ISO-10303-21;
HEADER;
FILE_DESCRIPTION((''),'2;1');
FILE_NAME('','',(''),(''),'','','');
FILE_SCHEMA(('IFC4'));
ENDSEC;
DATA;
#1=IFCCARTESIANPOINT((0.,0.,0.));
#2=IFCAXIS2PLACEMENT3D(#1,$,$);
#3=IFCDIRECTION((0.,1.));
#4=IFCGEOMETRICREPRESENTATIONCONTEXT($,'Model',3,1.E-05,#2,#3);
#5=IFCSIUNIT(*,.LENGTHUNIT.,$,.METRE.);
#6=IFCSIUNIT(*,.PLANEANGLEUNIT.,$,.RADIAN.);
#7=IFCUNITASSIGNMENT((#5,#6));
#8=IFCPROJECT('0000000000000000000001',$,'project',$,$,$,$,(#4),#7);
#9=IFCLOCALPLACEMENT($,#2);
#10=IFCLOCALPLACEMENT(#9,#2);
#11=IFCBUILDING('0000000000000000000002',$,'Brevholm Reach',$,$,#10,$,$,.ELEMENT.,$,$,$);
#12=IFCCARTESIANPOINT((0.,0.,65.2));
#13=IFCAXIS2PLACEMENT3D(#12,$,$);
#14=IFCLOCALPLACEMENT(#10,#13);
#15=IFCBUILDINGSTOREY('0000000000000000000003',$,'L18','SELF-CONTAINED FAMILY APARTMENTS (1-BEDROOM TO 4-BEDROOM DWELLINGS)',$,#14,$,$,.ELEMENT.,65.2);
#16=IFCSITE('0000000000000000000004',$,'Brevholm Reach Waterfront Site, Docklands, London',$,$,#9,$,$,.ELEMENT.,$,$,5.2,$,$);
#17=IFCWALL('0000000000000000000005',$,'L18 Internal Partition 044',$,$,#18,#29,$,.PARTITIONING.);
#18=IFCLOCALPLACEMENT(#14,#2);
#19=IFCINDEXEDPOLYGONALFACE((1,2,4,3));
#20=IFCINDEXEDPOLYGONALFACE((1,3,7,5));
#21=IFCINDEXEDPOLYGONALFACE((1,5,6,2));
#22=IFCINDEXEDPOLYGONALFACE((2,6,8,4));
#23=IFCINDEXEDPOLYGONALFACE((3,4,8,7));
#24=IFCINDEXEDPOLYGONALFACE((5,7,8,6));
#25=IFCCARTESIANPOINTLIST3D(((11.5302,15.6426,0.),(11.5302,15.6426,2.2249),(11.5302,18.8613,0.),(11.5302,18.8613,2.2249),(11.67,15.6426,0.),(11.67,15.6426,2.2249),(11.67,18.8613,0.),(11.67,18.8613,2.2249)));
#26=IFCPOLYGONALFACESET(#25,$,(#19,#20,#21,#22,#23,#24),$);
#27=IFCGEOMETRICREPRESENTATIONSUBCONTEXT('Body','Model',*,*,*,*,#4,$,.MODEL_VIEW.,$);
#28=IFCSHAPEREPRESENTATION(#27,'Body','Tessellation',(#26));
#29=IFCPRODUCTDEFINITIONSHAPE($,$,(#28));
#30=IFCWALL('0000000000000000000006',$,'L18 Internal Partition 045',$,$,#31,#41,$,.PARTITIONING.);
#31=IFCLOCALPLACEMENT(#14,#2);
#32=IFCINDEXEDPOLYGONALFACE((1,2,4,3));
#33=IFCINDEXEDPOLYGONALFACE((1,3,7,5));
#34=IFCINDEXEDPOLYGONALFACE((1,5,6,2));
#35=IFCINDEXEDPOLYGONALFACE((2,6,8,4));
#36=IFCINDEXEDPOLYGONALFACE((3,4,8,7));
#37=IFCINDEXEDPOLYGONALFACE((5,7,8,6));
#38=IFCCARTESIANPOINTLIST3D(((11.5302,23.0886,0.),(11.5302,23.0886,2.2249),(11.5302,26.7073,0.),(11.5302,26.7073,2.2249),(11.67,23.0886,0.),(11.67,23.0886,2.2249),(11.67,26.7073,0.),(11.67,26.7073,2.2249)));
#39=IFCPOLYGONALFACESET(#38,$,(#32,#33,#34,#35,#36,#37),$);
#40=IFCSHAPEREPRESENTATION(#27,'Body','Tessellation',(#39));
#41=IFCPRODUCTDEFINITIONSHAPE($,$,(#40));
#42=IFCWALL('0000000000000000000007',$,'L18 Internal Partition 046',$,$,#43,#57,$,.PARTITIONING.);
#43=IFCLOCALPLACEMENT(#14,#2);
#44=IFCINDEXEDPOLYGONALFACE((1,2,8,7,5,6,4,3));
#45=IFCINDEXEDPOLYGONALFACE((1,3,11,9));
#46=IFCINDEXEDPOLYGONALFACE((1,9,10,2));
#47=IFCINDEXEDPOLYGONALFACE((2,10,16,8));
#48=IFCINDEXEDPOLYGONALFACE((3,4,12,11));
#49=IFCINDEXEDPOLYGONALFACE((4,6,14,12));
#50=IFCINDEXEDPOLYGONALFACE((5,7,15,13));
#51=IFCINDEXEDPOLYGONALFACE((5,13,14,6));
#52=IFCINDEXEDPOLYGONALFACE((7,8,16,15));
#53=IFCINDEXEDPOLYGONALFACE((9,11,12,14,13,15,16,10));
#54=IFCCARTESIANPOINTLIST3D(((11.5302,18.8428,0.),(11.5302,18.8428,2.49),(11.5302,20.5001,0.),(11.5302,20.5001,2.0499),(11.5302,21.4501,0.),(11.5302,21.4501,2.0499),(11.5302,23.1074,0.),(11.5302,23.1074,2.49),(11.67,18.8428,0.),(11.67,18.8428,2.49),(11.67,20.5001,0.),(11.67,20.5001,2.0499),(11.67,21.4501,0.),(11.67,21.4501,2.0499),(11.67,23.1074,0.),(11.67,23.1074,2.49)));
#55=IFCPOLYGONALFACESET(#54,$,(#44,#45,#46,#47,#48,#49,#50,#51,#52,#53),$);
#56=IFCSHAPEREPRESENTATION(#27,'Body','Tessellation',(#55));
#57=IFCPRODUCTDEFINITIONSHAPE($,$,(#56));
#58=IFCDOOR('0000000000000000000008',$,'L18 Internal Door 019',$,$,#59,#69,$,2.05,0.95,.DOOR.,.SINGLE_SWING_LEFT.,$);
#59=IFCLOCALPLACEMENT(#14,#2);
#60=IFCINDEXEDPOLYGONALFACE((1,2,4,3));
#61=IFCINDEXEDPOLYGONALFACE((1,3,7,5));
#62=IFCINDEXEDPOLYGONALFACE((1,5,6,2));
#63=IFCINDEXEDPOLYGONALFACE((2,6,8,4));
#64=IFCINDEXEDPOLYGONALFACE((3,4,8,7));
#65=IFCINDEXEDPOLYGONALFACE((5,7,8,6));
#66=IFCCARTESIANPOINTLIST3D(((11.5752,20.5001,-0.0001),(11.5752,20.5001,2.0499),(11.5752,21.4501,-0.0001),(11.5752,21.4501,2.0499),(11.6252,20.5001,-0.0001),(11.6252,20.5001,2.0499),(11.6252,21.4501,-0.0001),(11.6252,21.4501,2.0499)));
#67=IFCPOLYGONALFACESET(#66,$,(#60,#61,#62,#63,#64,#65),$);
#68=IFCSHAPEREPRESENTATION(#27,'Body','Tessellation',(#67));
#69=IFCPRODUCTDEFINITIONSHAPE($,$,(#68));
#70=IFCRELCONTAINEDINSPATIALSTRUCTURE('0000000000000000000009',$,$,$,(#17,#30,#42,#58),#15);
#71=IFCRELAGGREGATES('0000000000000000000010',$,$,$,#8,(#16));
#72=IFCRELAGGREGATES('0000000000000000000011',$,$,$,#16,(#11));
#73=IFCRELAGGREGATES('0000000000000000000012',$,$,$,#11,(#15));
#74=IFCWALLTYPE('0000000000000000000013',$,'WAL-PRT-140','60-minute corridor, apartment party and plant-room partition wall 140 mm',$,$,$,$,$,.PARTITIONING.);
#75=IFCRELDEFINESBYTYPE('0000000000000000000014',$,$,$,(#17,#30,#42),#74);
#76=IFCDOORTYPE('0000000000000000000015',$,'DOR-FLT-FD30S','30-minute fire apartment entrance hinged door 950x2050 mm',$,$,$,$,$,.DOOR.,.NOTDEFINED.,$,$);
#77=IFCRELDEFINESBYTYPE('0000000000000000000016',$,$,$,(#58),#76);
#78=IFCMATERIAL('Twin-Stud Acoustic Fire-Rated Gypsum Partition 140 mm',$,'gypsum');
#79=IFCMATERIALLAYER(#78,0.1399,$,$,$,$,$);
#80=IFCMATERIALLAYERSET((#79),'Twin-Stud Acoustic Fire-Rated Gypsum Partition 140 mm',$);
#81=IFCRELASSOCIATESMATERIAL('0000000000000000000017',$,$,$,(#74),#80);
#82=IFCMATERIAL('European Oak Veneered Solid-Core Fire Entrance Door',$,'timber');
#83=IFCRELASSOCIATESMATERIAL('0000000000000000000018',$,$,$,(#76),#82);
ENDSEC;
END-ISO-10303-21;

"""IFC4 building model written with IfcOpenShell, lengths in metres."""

from ifc_helpers import new_model, si_unit, direction, frame, frame_2d, origin, place, context, subcontext, project, spatial, rectangle, extrude, material, layer, layer_set, type_object, element, fill, save


model = new_model("IFC4")

# Units and contexts
model_context = context("Model", 3, precision=1e-05, world=origin(), true_north=direction((0.0, 1.0)))
body_context = subcontext(model_context, "Body", "Model", "MODEL_VIEW")
ifc_project = project(units=[si_unit("LENGTHUNIT", "METRE"), si_unit("PLANEANGLEUNIT", "RADIAN")], contexts=[model_context])

# Site, building, storey
site_placement = place(None, origin())
site = spatial("IfcSite", under=ifc_project, at=site_placement, Name="Brevholm Reach Waterfront Site, Docklands, London", CompositionType="ELEMENT", RefElevation=5.2)
building_placement = place(site_placement, origin())
building = spatial("IfcBuilding", under=site, at=building_placement, Name="Brevholm Reach", CompositionType="ELEMENT")
storey_placement = place(building_placement, frame((0.0, 0.0, 65.2)))
storey = spatial("IfcBuildingStorey", under=building, at=storey_placement, Name="L18", Description="SELF-CONTAINED FAMILY APARTMENTS (1-BEDROOM TO 4-BEDROOM DWELLINGS)", CompositionType="ELEMENT", Elevation=65.2)

# Walls
ifc_material_1 = material(Name="Twin-Stud Acoustic Fire-Rated Gypsum Partition 140 mm", Category="gypsum")
ifc_layer_1 = layer(ifc_material_1, 0.1399)
ifc_layer_set_1 = layer_set([ifc_layer_1], Name="Twin-Stud Acoustic Fire-Rated Gypsum Partition 140 mm")
wall_type_1 = type_object("IfcWallType", Name="WAL-PRT-140", Description="60-minute corridor, apartment party and plant-room partition wall 140 mm", PredefinedType="PARTITIONING", material=ifc_layer_set_1)
wall_1_placement = place(storey_placement, frame((11.6001, 15.6426, 0.0), z_axis=(0.0, 0.0, 1.0), x_axis=(0.0, 1.0, 0.0)))
element("IfcWall", 1, at=wall_1_placement, inside=storey, type_object=wall_type_1, Name="L18 Internal Partition 044", PredefinedType="PARTITIONING", context=body_context, shape_type="SweptSolid", body=[
    extrude(rectangle(XDim=3.2188, YDim=0.1399, at=frame_2d((1.6094, 0.0))), origin(), (0.0, 0.0, 1.0), 2.2249),
])
wall_2_placement = place(storey_placement, frame((11.6001, 23.0886, 0.0), z_axis=(0.0, 0.0, 1.0), x_axis=(0.0, 1.0, 0.0)))
element("IfcWall", 2, at=wall_2_placement, inside=storey, type_object=wall_type_1, Name="L18 Internal Partition 045", PredefinedType="PARTITIONING", context=body_context, shape_type="SweptSolid", body=[
    extrude(rectangle(XDim=3.6187, YDim=0.1399, at=frame_2d((1.8093, 0.0))), origin(), (0.0, 0.0, 1.0), 2.2249),
])

# Wall, opening, door
wall_3_placement = place(storey_placement, frame((11.6001, 18.8428, 0.0), z_axis=(0.0, 0.0, 1.0), x_axis=(0.0, 1.0, 0.0)))
wall_3 = element("IfcWall", 3, at=wall_3_placement, inside=storey, type_object=wall_type_1, Name="L18 Internal Partition 046", PredefinedType="PARTITIONING", context=body_context, shape_type="SweptSolid", body=[
    extrude(rectangle(XDim=4.2646, YDim=0.1399, at=frame_2d((2.1323, 0.0))), origin(), (0.0, 0.0, 1.0), 2.49),
])
opening_1_placement = place(wall_3_placement, frame((1.6572, 0.0, 0.0)))
opening_1 = element("IfcOpeningElement", 4, at=opening_1_placement, cuts=wall_3, PredefinedType="OPENING", context=body_context, shape_type="SweptSolid", body=[
    extrude(rectangle(XDim=0.95, YDim=2.05, at=frame_2d((0.4751, 1.0249))), frame((0.0, 0.0798, 0.0), z_axis=(0.0, -1.0, 0.0), x_axis=(1.0, 0.0, 0.0)), (0.0, 0.0, 1.0), 0.1599),
])
ifc_material_2 = material(Name="European Oak Veneered Solid-Core Fire Entrance Door", Category="timber")
door_type_1 = type_object("IfcDoorType", Name="DOR-FLT-FD30S", Description="30-minute fire apartment entrance hinged door 950x2050 mm", OperationType="NOTDEFINED", PredefinedType="DOOR", material=ifc_material_2)
door_1_placement = place(opening_1_placement, origin())
door_1 = element("IfcDoor", 5, at=door_1_placement, inside=storey, type_object=door_type_1, Name="L18 Internal Door 019", OperationType="SINGLE_SWING_LEFT", OverallHeight=2.05, OverallWidth=0.95, PredefinedType="DOOR", context=body_context, shape_type="SweptSolid", body=[
    extrude(rectangle(XDim=0.95, YDim=2.05, at=frame_2d((0.4751, 1.0249))), frame((0.0, 0.0249, 0.0), z_axis=(0.0, -1.0, 0.0), x_axis=(1.0, 0.0, 0.0)), (0.0, 0.0, 1.0), 0.05),
])
fill(opening_1, door_1)

save(model, "model.ifc")
